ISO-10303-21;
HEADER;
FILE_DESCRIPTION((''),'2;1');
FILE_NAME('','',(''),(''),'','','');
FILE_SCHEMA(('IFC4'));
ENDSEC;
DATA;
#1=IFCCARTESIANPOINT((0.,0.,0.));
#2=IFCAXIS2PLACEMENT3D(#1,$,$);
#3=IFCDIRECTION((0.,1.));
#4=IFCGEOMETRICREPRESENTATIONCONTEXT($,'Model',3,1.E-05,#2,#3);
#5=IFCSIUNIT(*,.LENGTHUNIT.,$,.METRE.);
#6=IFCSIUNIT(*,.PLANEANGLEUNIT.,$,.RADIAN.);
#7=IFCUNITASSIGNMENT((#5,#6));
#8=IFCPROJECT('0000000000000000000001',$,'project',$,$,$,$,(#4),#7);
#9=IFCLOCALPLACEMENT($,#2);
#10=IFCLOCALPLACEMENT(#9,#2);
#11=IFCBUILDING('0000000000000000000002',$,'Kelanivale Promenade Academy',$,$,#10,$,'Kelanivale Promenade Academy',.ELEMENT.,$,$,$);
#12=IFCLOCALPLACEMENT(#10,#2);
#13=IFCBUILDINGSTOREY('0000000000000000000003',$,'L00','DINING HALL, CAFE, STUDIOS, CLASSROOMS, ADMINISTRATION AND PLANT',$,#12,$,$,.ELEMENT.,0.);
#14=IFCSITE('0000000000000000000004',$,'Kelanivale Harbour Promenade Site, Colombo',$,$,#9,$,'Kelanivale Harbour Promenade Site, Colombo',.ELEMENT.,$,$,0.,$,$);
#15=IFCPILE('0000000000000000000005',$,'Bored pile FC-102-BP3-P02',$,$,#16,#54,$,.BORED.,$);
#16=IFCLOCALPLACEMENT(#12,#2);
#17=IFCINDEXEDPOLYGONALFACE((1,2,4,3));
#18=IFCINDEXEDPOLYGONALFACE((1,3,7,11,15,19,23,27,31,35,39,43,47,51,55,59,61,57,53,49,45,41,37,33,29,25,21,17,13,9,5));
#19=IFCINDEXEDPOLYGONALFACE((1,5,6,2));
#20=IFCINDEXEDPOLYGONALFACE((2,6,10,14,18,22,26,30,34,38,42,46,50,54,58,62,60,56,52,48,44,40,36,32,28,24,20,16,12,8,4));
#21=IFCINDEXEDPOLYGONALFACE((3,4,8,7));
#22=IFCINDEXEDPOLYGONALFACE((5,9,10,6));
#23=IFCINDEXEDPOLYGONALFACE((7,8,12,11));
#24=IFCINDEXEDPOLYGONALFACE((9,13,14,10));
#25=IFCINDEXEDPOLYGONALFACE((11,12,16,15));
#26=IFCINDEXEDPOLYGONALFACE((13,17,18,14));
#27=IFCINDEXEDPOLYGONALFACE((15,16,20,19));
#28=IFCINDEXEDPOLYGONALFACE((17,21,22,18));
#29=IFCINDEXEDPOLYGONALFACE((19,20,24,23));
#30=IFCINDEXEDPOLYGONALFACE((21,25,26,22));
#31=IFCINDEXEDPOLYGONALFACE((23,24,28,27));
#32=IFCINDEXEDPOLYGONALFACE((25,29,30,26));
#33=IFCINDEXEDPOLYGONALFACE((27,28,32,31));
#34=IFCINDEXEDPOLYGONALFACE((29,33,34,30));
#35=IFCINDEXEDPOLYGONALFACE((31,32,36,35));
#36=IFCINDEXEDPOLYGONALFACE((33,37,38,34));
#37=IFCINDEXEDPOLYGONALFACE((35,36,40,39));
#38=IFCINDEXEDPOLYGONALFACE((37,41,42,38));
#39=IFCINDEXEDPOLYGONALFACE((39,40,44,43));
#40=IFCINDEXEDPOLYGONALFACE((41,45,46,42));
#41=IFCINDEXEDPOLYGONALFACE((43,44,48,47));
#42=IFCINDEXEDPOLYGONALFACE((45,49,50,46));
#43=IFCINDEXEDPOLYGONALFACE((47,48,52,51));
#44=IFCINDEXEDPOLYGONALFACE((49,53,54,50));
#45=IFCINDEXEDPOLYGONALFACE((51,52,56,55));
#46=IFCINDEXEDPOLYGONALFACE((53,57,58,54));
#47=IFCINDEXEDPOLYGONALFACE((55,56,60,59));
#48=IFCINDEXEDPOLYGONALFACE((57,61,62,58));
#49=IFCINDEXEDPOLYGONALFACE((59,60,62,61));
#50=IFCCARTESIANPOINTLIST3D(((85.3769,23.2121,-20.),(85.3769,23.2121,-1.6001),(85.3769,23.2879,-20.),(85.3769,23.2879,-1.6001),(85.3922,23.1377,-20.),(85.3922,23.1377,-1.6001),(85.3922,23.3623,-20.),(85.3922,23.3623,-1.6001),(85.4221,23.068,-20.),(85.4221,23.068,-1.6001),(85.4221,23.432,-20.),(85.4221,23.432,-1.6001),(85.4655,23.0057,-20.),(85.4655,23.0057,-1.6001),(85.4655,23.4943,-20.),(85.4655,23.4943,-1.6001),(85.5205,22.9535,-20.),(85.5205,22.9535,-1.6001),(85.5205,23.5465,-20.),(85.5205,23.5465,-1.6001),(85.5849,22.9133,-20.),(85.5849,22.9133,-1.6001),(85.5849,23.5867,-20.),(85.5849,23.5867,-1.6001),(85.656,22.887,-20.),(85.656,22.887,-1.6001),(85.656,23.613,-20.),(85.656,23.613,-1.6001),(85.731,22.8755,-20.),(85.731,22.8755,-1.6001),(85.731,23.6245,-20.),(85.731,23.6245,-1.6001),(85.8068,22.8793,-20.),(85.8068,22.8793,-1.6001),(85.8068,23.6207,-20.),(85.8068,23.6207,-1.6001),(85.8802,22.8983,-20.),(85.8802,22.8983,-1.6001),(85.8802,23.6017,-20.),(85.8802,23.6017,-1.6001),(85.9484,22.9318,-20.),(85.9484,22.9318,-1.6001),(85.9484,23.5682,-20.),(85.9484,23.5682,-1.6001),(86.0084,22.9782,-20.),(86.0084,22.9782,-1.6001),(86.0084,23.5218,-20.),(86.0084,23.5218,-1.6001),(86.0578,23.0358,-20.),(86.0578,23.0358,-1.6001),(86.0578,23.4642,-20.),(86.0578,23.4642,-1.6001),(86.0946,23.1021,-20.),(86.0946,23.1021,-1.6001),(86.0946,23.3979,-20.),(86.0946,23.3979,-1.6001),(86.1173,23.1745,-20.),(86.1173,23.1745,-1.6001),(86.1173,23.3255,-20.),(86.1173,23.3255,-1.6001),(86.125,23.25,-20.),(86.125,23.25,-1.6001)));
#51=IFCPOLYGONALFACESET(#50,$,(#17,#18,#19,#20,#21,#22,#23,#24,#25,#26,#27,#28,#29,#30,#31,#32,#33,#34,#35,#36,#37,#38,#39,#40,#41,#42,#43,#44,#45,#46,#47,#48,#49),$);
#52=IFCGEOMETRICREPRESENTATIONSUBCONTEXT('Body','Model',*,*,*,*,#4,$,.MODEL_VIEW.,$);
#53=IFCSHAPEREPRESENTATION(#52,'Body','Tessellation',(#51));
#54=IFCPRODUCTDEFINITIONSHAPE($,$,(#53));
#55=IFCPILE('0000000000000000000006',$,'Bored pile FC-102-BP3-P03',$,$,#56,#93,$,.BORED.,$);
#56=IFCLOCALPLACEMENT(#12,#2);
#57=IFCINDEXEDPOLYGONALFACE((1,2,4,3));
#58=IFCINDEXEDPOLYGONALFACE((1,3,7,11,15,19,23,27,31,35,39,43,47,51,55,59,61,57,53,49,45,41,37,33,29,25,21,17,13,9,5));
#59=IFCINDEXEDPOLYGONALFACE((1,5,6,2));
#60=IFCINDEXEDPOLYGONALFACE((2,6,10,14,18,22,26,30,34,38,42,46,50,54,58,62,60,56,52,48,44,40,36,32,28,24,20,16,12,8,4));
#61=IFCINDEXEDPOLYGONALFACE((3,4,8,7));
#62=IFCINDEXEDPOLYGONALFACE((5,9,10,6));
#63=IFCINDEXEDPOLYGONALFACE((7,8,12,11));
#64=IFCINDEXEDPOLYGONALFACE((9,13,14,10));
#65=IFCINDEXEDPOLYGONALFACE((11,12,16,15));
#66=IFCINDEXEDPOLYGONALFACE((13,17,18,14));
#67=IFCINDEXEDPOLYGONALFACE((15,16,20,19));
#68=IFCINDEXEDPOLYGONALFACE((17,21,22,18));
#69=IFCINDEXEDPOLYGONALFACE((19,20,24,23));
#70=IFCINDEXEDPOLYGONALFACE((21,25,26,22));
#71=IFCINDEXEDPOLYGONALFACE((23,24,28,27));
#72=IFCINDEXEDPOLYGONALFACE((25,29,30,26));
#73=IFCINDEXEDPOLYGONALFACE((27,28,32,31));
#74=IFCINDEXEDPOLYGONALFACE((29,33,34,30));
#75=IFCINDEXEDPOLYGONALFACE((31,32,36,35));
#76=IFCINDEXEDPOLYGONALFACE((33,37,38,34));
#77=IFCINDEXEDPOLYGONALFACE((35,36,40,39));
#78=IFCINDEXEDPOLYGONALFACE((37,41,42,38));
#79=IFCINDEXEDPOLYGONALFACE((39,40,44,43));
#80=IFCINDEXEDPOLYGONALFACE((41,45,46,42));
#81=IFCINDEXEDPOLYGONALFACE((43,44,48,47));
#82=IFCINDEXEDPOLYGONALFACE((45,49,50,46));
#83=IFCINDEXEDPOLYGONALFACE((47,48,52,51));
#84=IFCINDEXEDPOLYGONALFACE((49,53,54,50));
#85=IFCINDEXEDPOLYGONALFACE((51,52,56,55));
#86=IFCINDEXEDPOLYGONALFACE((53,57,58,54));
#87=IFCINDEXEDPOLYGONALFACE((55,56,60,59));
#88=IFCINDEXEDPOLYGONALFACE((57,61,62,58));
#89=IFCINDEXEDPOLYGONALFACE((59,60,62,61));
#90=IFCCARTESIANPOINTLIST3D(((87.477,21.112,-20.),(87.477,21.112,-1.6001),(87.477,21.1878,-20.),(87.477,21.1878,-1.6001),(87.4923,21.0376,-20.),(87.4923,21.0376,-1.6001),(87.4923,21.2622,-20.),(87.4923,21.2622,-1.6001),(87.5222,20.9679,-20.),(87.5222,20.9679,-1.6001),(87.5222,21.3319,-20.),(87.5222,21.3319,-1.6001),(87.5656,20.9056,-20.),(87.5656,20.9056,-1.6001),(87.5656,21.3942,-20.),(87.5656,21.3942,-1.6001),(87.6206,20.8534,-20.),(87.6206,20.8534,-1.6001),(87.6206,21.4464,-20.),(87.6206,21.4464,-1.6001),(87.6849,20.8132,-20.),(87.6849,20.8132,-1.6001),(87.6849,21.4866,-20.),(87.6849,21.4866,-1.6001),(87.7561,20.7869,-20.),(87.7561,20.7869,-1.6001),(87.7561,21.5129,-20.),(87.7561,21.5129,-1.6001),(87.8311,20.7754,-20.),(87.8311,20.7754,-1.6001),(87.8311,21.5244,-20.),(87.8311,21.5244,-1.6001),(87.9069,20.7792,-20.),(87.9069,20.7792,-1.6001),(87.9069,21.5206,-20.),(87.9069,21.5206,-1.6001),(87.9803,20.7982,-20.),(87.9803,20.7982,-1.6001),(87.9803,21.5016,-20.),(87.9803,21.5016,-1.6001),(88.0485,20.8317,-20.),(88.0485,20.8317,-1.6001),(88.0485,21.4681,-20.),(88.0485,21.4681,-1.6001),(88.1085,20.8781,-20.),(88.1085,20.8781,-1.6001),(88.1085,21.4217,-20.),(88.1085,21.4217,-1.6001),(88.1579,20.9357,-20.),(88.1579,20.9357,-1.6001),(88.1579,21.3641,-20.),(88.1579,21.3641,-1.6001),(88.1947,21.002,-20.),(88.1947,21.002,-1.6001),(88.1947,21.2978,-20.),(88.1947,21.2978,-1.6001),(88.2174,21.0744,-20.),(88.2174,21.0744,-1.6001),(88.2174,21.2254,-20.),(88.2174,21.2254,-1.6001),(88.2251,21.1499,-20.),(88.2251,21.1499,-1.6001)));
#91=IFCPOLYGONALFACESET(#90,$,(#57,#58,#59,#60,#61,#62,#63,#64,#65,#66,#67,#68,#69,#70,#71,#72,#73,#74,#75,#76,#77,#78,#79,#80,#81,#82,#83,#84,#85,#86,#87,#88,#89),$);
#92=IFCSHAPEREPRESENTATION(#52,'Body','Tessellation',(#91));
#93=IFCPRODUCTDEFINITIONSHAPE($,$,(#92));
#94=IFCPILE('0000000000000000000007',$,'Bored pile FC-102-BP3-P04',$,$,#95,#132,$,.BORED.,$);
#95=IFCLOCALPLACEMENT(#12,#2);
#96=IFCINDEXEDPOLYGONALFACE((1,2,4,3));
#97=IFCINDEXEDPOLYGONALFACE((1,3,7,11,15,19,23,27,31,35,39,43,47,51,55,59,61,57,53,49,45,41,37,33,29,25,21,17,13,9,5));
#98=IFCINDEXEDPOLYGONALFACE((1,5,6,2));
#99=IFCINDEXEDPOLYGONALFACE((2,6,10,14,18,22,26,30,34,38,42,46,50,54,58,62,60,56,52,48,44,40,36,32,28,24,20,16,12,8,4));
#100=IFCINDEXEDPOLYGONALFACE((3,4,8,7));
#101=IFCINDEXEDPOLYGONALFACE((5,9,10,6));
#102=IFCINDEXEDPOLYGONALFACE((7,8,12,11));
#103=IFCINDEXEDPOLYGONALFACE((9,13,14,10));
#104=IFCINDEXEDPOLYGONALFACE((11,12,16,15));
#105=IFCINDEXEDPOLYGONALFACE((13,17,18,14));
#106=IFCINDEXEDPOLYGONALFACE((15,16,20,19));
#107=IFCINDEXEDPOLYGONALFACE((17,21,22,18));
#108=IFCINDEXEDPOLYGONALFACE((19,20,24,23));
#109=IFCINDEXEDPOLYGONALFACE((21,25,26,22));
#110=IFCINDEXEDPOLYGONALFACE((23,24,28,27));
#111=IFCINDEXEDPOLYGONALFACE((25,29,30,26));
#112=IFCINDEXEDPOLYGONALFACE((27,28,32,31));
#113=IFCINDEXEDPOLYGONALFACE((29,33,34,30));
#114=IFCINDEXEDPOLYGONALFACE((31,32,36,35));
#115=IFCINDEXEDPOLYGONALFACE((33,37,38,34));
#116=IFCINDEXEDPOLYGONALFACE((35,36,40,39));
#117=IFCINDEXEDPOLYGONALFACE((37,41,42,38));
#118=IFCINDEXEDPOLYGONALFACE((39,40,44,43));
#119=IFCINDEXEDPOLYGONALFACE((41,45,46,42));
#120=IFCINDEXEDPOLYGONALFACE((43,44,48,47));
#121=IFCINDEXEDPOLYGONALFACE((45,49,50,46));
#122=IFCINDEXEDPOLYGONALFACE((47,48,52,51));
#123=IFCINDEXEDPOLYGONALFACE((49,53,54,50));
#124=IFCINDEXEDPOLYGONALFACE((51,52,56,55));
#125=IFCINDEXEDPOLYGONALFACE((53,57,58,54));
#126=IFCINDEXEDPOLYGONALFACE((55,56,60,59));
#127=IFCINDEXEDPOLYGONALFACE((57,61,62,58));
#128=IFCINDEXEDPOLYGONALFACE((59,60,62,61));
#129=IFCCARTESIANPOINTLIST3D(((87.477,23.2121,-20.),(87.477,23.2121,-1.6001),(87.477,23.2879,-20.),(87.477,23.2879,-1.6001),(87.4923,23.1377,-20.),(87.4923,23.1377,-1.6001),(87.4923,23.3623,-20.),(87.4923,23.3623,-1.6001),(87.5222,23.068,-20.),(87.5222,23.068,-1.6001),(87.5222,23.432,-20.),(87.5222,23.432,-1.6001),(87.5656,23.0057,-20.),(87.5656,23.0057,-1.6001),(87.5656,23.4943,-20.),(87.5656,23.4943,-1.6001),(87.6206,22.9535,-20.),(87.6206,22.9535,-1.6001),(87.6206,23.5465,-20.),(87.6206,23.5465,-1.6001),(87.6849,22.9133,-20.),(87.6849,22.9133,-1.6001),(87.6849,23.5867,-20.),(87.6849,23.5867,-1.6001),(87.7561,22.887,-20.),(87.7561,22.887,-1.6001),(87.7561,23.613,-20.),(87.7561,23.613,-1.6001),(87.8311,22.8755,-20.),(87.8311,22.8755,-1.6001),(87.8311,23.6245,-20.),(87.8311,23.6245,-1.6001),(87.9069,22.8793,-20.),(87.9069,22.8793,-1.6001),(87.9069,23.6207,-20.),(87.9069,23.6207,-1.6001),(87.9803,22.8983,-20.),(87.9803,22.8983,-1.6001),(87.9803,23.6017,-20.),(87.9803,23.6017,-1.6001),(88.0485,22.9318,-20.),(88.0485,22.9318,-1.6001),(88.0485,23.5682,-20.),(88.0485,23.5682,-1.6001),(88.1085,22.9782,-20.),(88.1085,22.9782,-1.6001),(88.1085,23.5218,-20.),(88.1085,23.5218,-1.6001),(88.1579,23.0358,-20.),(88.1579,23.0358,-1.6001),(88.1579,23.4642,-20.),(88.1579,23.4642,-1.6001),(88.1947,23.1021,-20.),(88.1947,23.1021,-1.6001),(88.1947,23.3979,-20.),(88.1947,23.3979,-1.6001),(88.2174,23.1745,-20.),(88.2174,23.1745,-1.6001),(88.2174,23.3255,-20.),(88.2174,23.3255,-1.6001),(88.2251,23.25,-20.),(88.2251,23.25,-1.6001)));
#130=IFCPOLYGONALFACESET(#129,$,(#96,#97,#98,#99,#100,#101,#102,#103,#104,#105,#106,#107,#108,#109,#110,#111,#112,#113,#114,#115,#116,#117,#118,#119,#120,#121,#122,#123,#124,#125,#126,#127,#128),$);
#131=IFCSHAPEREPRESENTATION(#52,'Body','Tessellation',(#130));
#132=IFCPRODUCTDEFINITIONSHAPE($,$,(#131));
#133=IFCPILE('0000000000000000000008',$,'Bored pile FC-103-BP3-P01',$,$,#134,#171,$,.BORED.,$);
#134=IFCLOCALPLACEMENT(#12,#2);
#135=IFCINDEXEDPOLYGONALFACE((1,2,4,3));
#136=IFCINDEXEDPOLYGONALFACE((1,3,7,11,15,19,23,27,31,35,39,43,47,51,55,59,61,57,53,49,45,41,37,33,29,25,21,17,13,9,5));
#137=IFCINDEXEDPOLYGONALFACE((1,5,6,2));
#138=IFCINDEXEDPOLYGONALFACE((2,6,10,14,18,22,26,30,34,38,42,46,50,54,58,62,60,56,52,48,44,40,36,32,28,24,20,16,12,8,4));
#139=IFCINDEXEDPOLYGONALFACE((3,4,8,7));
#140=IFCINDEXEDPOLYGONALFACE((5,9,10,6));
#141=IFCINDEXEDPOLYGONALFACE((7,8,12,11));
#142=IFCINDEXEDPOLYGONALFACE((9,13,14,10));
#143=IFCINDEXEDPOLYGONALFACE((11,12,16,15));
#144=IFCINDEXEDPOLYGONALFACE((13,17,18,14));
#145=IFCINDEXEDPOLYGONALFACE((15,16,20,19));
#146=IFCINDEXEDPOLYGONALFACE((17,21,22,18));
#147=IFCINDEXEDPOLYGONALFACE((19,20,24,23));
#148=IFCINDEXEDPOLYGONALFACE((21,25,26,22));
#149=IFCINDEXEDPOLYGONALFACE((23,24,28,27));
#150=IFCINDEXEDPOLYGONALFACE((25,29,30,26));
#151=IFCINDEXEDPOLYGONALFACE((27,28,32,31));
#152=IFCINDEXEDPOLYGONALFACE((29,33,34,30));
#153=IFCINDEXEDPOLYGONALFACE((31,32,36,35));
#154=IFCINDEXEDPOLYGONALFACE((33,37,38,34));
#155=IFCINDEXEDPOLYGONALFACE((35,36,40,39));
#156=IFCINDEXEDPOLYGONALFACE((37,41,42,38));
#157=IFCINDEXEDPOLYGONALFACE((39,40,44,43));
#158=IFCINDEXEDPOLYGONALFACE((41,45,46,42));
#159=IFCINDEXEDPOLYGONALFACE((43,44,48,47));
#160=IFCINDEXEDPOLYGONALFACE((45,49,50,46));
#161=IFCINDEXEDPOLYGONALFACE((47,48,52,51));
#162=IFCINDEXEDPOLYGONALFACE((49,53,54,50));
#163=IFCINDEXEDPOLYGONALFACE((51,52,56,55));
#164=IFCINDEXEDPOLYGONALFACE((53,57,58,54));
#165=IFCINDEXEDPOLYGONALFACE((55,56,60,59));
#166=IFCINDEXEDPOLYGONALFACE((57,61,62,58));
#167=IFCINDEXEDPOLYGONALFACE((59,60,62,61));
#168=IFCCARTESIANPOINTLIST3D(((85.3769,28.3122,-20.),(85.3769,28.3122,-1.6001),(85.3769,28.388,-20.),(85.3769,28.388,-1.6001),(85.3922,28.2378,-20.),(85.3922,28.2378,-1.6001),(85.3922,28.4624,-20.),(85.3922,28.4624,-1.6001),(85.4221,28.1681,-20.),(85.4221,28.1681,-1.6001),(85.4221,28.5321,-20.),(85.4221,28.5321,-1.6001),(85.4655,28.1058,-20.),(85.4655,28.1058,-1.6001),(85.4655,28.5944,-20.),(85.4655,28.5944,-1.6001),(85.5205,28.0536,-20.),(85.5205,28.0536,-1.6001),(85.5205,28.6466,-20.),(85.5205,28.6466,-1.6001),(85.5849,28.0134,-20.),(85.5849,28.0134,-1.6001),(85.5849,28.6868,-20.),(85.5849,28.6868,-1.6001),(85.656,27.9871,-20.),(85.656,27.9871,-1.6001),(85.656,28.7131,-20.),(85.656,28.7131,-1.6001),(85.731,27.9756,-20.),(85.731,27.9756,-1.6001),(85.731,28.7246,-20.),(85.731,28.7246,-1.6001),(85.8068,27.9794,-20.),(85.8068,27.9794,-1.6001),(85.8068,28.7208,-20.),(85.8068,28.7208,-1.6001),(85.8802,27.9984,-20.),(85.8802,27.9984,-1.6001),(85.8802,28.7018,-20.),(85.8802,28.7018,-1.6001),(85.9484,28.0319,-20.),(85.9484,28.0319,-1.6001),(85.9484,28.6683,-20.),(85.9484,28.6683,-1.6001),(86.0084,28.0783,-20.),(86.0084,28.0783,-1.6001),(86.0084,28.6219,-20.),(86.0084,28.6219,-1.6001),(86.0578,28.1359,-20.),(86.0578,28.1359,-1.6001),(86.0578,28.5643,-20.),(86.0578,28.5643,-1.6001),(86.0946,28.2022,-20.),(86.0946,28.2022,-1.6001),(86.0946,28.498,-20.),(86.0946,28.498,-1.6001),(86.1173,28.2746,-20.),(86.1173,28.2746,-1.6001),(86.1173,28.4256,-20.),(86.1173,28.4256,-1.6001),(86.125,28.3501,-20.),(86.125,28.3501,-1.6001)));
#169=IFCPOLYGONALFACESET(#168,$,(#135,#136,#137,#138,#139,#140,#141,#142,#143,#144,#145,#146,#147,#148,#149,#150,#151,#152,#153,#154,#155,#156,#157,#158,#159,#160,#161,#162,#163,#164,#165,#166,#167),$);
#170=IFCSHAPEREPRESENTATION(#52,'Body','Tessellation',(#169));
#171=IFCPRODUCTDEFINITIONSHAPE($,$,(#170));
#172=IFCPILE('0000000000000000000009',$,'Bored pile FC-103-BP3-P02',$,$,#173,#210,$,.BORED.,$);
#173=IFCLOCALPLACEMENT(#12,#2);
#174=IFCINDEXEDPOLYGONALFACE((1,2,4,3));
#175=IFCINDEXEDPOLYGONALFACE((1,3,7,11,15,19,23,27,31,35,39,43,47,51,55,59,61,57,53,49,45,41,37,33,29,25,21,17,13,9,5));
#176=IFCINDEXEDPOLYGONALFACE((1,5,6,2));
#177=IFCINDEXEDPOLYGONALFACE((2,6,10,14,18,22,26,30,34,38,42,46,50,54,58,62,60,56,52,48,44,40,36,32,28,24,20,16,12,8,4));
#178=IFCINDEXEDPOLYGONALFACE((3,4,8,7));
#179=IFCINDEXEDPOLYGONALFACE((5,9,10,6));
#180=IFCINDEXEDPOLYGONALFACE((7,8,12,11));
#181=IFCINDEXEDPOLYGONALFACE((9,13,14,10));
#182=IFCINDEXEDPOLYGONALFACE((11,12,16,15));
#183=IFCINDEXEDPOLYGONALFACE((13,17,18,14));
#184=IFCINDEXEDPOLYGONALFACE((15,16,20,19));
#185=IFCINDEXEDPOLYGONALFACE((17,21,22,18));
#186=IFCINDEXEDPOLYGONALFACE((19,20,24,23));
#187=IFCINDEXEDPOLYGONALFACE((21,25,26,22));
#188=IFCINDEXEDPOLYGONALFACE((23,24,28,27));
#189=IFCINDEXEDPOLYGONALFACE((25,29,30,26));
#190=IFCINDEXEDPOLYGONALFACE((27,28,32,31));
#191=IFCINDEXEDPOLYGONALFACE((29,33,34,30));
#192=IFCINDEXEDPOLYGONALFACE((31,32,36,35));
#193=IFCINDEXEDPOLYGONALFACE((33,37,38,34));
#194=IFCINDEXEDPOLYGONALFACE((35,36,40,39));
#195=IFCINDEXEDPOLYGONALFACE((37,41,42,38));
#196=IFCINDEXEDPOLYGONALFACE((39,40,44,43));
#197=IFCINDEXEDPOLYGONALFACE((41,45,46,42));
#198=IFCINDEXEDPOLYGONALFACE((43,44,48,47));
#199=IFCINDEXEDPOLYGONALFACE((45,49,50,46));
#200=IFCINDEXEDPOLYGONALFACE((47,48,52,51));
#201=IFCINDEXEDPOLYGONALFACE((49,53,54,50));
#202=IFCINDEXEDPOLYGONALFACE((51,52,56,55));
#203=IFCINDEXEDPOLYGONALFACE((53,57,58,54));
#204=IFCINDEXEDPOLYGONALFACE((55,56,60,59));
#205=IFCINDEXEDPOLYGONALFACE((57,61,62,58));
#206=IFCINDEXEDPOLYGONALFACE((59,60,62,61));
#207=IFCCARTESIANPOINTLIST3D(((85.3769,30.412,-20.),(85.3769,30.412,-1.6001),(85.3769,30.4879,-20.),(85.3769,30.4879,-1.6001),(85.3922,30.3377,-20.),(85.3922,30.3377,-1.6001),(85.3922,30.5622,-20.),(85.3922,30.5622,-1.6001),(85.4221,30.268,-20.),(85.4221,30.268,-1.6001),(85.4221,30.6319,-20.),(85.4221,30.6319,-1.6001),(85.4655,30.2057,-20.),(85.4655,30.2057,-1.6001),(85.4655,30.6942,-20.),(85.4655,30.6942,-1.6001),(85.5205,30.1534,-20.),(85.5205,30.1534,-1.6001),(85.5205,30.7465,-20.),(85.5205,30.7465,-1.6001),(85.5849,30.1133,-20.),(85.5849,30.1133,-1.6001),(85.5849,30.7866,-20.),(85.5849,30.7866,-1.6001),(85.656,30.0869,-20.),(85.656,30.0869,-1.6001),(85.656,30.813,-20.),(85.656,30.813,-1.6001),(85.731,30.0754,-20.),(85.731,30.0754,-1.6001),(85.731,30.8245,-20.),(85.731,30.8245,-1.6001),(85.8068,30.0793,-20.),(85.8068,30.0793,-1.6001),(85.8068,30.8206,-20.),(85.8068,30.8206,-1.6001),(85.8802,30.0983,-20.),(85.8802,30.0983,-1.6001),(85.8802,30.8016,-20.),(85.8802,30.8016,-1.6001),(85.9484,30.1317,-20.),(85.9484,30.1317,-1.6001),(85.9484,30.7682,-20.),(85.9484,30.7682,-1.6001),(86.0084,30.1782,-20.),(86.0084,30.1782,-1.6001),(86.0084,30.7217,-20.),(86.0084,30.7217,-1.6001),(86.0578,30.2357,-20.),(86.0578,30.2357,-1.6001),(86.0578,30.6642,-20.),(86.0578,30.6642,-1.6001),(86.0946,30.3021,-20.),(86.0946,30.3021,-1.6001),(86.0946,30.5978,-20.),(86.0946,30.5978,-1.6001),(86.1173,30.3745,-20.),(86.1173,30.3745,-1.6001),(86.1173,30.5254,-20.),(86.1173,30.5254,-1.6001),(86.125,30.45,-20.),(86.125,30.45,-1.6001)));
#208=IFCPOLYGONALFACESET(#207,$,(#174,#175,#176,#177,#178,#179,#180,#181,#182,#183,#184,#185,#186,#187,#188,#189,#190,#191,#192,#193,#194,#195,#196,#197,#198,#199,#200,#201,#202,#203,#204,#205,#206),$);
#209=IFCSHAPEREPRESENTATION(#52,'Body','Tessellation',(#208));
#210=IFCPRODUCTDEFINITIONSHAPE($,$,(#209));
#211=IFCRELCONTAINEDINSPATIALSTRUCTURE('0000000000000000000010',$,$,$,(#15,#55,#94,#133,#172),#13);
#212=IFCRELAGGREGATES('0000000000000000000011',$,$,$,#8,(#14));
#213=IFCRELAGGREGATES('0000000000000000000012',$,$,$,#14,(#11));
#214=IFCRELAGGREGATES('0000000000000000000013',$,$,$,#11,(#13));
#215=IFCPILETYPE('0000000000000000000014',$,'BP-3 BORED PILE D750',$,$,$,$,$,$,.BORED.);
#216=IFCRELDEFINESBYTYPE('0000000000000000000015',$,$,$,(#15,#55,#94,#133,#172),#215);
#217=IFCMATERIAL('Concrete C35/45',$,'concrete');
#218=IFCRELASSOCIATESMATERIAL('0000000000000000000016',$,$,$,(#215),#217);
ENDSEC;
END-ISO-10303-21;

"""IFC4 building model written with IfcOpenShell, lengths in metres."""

from ifc_helpers import new_model, si_unit, direction, frame, origin, origin_2d, place, context, subcontext, project, spatial, circle, extrude, material, material_profile, profile_set, type_object, element, save


model = new_model("IFC4")

# Units and contexts
model_context = context("Model", 3, precision=1e-05, world=origin(), true_north=direction((0.0, 1.0)))
body_context = subcontext(model_context, "Body", "Model", "MODEL_VIEW")
ifc_project = project(units=[si_unit("LENGTHUNIT", "METRE"), si_unit("PLANEANGLEUNIT", "RADIAN")], contexts=[model_context])

# Site, building, storey
site_placement = place(None, origin())
site = spatial("IfcSite", under=ifc_project, at=site_placement, Name="Kelanivale Harbour Promenade Site, Colombo", LongName="Kelanivale Harbour Promenade Site, Colombo", CompositionType="ELEMENT", RefElevation=0.0)
building_placement = place(site_placement, origin())
building = spatial("IfcBuilding", under=site, at=building_placement, Name="Kelanivale Promenade Academy", LongName="Kelanivale Promenade Academy", CompositionType="ELEMENT")
storey_placement = place(building_placement, origin())
storey = spatial("IfcBuildingStorey", under=building, at=storey_placement, Name="L00", Description="DINING HALL, CAFE, STUDIOS, CLASSROOMS, ADMINISTRATION AND PLANT", CompositionType="ELEMENT", Elevation=0.0)

# Piles
ifc_material_1 = material(Name="Concrete C35/45", Category="concrete")
ifc_material_profile_1 = material_profile(ifc_material_1, circle(Radius=0.375, at=origin_2d()), Name="BORED PILE D750")
ifc_profile_set_1 = profile_set([ifc_material_profile_1], Name="Concrete C35/45")
pile_type_1 = type_object("IfcPileType", Name="BP-3 BORED PILE D750", PredefinedType="BORED", material=ifc_profile_set_1)
for number, where, z_axis, x_axis, name in (
    (1, (85.75, 23.25, -1.6001), (0.0, 0.0, -1.0), (1.0, 0.0, 0.0), "Bored pile FC-102-BP3-P02"),
    (2, (87.8501, 21.1499, -1.6001), (0.0, 0.0, -1.0), (1.0, 0.0, 0.0), "Bored pile FC-102-BP3-P03"),
    (3, (87.8501, 23.25, -1.6001), (0.0, 0.0, -1.0), (1.0, 0.0, 0.0), "Bored pile FC-102-BP3-P04"),
    (4, (85.75, 28.3501, -1.6001), (0.0, 0.0, -1.0), (1.0, 0.0, 0.0), "Bored pile FC-103-BP3-P01"),
    (5, (85.75, 30.45, -1.6001), (0.0, 0.0, -1.0), (1.0, 0.0, 0.0), "Bored pile FC-103-BP3-P02"),
):
    element("IfcPile", number, at=place(storey_placement, frame(where, z_axis=z_axis, x_axis=x_axis)), inside=storey, type_object=pile_type_1, Name=name, PredefinedType="BORED", context=body_context, shape_type="SweptSolid", body=[
        extrude(circle(Radius=0.375, at=origin_2d()), origin(), (0.0, 0.0, 1.0), 18.3999),
    ])

save(model, "model.ifc")
